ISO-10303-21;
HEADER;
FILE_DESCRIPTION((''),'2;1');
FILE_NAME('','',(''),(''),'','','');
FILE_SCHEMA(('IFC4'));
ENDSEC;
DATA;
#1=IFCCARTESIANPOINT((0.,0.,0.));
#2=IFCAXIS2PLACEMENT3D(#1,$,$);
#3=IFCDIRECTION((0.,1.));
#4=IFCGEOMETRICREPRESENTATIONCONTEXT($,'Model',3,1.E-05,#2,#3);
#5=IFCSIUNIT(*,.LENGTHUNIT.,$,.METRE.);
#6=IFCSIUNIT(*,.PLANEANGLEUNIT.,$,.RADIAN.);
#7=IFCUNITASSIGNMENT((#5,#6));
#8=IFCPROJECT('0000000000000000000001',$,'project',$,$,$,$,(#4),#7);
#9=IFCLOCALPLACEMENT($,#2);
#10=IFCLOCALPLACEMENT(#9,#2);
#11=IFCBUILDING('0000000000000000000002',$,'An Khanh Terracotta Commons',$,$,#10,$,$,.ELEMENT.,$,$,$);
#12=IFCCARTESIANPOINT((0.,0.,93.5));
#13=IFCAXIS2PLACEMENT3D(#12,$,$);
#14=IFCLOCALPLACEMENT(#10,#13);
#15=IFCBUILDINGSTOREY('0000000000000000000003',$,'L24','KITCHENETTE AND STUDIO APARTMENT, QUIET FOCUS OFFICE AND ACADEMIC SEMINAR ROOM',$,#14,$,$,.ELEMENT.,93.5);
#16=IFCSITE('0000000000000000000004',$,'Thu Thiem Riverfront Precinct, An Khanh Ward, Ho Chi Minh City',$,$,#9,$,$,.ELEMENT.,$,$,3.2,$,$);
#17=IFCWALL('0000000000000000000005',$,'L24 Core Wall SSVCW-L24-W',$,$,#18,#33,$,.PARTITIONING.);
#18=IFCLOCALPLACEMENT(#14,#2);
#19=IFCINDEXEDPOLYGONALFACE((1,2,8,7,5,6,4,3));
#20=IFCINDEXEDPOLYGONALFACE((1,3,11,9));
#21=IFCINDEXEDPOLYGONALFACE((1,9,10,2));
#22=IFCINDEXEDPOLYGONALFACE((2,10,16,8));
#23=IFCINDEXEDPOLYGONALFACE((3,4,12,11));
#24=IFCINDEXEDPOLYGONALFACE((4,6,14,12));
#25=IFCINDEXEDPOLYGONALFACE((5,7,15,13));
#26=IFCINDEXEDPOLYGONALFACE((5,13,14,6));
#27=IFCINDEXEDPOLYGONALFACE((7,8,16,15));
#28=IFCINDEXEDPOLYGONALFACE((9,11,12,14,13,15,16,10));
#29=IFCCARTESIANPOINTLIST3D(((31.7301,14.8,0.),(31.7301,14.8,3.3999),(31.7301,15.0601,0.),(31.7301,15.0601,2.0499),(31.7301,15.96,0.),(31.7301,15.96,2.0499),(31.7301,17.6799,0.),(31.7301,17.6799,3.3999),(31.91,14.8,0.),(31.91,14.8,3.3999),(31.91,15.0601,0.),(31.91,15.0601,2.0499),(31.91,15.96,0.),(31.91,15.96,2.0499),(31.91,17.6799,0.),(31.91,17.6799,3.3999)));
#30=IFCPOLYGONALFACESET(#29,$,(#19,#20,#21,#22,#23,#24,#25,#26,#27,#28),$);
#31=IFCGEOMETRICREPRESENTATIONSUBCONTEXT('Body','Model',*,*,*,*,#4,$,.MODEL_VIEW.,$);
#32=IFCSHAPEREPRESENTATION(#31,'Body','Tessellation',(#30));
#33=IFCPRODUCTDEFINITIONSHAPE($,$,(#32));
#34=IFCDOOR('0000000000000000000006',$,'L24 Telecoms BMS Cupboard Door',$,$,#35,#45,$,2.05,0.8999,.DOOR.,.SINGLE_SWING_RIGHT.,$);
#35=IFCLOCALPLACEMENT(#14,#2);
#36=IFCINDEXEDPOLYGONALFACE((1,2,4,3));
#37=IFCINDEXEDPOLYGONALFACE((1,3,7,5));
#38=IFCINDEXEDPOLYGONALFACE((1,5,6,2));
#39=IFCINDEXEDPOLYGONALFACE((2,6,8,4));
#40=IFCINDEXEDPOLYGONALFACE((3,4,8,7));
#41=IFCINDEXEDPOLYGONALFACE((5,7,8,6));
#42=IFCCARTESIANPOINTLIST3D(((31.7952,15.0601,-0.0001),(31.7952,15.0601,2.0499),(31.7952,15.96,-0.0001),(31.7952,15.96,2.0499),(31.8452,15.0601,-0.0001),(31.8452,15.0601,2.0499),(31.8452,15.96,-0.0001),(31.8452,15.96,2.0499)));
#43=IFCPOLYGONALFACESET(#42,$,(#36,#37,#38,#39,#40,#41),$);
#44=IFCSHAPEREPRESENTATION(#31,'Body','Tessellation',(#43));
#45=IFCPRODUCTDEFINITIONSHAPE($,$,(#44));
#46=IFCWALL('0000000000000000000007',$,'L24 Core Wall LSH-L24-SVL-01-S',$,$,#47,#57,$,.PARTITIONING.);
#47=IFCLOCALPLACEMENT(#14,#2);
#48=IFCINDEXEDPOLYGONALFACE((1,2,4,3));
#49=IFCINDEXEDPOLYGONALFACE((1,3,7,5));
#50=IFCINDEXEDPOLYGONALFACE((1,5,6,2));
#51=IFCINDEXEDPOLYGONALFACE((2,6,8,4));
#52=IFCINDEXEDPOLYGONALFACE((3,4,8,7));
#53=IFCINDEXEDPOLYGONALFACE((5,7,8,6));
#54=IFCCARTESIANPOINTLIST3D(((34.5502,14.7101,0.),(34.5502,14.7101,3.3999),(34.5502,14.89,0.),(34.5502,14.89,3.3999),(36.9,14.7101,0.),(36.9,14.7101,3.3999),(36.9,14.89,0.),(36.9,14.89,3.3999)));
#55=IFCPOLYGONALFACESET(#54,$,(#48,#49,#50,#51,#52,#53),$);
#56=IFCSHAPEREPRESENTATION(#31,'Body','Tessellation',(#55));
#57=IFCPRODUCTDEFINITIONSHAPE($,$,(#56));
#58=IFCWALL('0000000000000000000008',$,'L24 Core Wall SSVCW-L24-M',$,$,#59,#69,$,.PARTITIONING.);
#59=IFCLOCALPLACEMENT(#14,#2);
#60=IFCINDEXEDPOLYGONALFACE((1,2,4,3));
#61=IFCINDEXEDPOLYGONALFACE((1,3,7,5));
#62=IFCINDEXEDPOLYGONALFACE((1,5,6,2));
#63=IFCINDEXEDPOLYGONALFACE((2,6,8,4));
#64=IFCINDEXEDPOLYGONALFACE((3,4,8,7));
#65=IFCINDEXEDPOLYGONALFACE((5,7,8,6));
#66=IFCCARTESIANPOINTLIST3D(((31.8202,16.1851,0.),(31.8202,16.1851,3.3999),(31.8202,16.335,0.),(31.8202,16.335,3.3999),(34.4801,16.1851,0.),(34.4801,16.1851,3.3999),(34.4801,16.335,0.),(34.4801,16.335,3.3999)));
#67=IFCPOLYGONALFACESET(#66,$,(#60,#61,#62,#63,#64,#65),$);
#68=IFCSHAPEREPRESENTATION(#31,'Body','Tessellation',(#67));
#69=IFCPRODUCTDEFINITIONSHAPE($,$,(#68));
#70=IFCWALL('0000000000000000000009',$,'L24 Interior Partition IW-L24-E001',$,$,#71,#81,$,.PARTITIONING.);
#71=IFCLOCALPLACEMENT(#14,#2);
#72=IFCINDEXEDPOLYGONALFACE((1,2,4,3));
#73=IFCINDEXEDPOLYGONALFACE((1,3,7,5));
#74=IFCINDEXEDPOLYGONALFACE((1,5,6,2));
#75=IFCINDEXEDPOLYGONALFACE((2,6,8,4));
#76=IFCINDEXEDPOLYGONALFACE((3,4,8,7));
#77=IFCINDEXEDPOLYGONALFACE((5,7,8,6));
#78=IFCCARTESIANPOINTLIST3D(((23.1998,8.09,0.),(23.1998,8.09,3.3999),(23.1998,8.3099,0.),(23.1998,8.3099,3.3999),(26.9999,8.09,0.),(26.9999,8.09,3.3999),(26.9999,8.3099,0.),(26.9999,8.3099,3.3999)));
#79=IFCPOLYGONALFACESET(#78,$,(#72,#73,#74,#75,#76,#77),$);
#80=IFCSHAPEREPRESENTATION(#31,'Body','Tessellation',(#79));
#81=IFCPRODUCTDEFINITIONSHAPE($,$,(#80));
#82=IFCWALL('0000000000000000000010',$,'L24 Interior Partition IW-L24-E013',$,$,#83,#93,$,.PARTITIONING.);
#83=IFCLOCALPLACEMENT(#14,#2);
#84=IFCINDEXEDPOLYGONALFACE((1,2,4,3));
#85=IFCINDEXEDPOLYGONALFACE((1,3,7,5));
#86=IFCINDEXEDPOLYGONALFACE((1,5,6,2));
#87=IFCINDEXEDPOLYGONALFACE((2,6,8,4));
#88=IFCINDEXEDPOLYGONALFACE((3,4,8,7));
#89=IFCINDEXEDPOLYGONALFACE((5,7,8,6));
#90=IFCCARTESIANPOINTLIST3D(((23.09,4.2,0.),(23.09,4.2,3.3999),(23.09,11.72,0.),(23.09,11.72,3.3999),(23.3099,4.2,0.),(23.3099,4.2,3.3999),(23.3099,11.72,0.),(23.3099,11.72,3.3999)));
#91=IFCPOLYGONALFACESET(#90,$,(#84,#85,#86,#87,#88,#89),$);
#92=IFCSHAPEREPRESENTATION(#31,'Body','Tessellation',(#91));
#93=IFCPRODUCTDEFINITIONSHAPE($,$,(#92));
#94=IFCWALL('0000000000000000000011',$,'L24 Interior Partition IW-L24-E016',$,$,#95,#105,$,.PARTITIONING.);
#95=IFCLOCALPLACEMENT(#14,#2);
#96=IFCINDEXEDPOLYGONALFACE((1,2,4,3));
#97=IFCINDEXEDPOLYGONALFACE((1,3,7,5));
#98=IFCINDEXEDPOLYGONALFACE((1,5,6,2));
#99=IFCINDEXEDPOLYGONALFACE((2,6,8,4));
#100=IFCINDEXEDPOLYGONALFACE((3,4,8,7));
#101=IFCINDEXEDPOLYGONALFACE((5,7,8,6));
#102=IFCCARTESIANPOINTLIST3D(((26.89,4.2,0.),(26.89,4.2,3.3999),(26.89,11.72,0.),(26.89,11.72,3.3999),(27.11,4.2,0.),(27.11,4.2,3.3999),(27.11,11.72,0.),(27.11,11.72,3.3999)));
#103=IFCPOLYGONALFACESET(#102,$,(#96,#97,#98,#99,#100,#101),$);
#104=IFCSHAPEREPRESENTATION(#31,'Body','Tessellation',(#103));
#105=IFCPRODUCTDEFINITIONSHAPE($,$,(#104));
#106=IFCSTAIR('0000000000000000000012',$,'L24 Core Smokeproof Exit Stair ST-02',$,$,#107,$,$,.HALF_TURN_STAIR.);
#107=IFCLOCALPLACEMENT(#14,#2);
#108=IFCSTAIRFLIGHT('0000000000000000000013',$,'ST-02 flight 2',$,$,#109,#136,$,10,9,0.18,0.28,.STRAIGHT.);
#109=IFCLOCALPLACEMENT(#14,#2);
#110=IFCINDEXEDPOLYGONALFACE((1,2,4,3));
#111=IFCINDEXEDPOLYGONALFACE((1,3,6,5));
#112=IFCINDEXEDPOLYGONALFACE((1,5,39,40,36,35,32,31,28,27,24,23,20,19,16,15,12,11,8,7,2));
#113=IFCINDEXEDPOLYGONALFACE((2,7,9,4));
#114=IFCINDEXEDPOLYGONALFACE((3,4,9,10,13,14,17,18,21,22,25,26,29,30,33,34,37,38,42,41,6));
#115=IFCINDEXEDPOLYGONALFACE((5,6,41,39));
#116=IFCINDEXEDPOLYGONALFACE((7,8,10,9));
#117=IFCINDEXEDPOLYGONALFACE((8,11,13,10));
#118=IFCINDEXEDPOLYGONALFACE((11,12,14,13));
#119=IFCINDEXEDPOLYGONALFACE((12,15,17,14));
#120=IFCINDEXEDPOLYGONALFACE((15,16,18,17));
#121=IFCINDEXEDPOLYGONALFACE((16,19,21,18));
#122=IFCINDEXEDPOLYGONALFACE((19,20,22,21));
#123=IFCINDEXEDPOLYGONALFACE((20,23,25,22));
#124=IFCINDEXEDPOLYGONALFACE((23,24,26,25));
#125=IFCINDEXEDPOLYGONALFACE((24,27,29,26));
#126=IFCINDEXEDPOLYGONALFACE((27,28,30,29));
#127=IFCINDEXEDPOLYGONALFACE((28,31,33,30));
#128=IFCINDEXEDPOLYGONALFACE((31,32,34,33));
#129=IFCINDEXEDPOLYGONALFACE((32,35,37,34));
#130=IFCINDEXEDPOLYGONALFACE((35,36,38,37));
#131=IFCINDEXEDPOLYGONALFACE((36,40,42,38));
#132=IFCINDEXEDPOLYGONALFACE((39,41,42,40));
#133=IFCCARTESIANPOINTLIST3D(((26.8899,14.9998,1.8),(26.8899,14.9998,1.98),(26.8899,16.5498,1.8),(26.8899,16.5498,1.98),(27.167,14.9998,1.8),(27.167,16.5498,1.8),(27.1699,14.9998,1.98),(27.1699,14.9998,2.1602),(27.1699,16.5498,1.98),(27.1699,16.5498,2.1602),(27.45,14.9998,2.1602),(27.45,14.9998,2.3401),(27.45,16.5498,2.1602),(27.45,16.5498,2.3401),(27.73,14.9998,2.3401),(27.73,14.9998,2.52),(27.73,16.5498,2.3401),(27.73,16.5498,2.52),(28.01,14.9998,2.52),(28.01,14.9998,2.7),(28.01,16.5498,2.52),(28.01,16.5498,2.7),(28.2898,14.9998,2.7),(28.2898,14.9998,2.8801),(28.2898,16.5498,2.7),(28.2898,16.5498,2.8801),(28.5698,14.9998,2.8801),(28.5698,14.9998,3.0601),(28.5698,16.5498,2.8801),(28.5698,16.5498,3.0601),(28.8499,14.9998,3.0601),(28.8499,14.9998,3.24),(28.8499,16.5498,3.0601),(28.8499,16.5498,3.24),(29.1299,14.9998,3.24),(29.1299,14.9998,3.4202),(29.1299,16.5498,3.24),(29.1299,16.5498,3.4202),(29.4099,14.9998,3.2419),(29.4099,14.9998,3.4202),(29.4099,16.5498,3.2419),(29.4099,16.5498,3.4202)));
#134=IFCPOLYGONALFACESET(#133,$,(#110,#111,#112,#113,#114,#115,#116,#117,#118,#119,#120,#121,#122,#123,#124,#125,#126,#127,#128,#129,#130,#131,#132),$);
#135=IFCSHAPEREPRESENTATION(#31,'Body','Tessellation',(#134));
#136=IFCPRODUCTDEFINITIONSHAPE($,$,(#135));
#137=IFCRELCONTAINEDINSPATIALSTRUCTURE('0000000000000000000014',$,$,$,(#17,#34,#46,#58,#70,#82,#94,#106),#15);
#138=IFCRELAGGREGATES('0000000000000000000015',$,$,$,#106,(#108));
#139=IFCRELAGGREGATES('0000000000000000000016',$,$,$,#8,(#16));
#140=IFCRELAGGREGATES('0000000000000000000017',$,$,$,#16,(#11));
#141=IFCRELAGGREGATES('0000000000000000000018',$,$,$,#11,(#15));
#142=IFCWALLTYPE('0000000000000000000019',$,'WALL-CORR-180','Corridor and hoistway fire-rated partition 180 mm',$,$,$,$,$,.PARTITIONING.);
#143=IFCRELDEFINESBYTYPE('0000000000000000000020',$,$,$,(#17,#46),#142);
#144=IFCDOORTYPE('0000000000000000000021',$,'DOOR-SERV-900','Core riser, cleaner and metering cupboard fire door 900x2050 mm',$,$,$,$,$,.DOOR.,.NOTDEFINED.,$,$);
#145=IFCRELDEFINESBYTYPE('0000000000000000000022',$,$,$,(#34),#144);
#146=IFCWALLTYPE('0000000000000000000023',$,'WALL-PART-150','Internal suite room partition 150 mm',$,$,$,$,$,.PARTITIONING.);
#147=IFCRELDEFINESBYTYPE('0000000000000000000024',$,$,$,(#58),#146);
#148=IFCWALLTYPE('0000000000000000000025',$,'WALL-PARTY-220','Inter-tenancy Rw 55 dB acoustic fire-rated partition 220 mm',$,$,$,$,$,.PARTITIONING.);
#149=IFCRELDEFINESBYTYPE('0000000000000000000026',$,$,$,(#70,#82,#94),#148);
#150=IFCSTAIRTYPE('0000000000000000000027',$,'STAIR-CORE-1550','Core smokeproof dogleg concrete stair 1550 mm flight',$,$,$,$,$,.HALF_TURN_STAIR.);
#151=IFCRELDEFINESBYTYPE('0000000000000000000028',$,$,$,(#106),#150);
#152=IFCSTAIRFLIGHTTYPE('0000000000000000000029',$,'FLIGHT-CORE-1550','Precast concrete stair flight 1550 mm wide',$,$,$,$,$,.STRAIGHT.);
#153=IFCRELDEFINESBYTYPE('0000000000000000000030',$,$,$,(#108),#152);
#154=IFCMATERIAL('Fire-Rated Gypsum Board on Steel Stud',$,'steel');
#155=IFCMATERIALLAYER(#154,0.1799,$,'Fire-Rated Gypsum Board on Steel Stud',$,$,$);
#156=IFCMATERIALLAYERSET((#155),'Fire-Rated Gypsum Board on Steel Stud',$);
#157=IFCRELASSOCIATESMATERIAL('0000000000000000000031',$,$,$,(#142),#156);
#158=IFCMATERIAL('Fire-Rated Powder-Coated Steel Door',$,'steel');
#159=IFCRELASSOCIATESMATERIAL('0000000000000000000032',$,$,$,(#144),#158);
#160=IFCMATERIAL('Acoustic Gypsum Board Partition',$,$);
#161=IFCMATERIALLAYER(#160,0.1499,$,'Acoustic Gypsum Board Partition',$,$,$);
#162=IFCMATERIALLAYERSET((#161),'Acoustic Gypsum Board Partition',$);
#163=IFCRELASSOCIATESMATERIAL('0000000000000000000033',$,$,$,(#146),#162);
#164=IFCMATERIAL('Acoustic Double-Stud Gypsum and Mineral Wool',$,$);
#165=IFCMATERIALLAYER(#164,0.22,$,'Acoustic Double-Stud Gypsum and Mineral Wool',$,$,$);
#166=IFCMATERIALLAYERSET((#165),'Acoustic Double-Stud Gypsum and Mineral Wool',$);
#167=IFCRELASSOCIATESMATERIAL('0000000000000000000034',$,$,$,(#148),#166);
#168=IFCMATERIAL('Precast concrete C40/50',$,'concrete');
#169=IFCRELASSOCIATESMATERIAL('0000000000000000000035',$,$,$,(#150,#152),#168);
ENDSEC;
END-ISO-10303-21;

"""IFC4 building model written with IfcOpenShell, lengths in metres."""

from ifc_helpers import new_model, si_unit, direction, frame, frame_2d, origin, place, context, subcontext, project, spatial, polyline, rectangle, outline, extrude, material, layer, layer_set, type_object, element, fill, aggregate, save


model = new_model("IFC4")

# Units and contexts
model_context = context("Model", 3, precision=1e-05, world=origin(), true_north=direction((0.0, 1.0)))
body_context = subcontext(model_context, "Body", "Model", "MODEL_VIEW")
ifc_project = project(units=[si_unit("LENGTHUNIT", "METRE"), si_unit("PLANEANGLEUNIT", "RADIAN")], contexts=[model_context])

# Site, building, storey
site_placement = place(None, origin())
site = spatial("IfcSite", under=ifc_project, at=site_placement, Name="Thu Thiem Riverfront Precinct, An Khanh Ward, Ho Chi Minh City", CompositionType="ELEMENT", RefElevation=3.2)
building_placement = place(site_placement, origin())
building = spatial("IfcBuilding", under=site, at=building_placement, Name="An Khanh Terracotta Commons", CompositionType="ELEMENT")
storey_placement = place(building_placement, frame((0.0, 0.0, 93.5)))
storey = spatial("IfcBuildingStorey", under=building, at=storey_placement, Name="L24", Description="KITCHENETTE AND STUDIO APARTMENT, QUIET FOCUS OFFICE AND ACADEMIC SEMINAR ROOM", CompositionType="ELEMENT", Elevation=93.5)

# Wall, opening, door
ifc_material_1 = material(Name="Fire-Rated Gypsum Board on Steel Stud", Category="steel")
ifc_layer_1 = layer(ifc_material_1, 0.1799, Name="Fire-Rated Gypsum Board on Steel Stud")
ifc_layer_set_1 = layer_set([ifc_layer_1], Name="Fire-Rated Gypsum Board on Steel Stud")
wall_type_1 = type_object("IfcWallType", Name="WALL-CORR-180", Description="Corridor and hoistway fire-rated partition 180 mm", PredefinedType="PARTITIONING", material=ifc_layer_set_1)
wall_1_placement = place(storey_placement, frame((31.8201, 14.8, 0.0), z_axis=(0.0, 0.0, 1.0), x_axis=(0.0, 1.0, 0.0)))
wall_1 = element("IfcWall", 1, at=wall_1_placement, inside=storey, type_object=wall_type_1, Name="L24 Core Wall SSVCW-L24-W", PredefinedType="PARTITIONING", context=body_context, shape_type="SweptSolid", body=[
    extrude(rectangle(XDim=2.8799, YDim=0.1799, at=frame_2d((1.4399, 0.0))), origin(), (0.0, 0.0, 1.0), 3.3999),
])
opening_1_placement = place(wall_1_placement, frame((0.26, 0.0, 0.0)))
opening_1 = element("IfcOpeningElement", 2, at=opening_1_placement, cuts=wall_1, PredefinedType="OPENING", context=body_context, shape_type="SweptSolid", body=[
    extrude(rectangle(XDim=0.8999, YDim=2.05, at=frame_2d((0.45, 1.0249))), frame((0.0, 0.0999, 0.0), z_axis=(0.0, -1.0, 0.0), x_axis=(1.0, 0.0, 0.0)), (0.0, 0.0, 1.0), 0.2),
])
ifc_material_2 = material(Name="Fire-Rated Powder-Coated Steel Door", Category="steel")
door_type_1 = type_object("IfcDoorType", Name="DOOR-SERV-900", Description="Core riser, cleaner and metering cupboard fire door 900x2050 mm", OperationType="NOTDEFINED", PredefinedType="DOOR", material=ifc_material_2)
door_1_placement = place(opening_1_placement, origin())
door_1 = element("IfcDoor", 3, at=door_1_placement, inside=storey, type_object=door_type_1, Name="L24 Telecoms BMS Cupboard Door", OperationType="SINGLE_SWING_RIGHT", OverallHeight=2.05, OverallWidth=0.8999, PredefinedType="DOOR", context=body_context, shape_type="SweptSolid", body=[
    extrude(rectangle(XDim=0.8999, YDim=2.05, at=frame_2d((0.45, 1.0249))), frame((0.0, 0.0249, 0.0), z_axis=(0.0, -1.0, 0.0), x_axis=(1.0, 0.0, 0.0)), (0.0, 0.0, 1.0), 0.05),
])
fill(opening_1, door_1)

# Walls
wall_2_placement = place(storey_placement, frame((36.8999, 14.8, 0.0), z_axis=(0.0, 0.0, 1.0), x_axis=(-1.0, 0.0, 0.0)))
element("IfcWall", 4, at=wall_2_placement, inside=storey, type_object=wall_type_1, Name="L24 Core Wall LSH-L24-SVL-01-S", PredefinedType="PARTITIONING", context=body_context, shape_type="SweptSolid", body=[
    extrude(rectangle(XDim=2.3499, YDim=0.1799, at=frame_2d((1.1748, 0.0))), origin(), (0.0, 0.0, 1.0), 3.3999),
])
ifc_material_3 = material(Name="Acoustic Gypsum Board Partition")
ifc_layer_2 = layer(ifc_material_3, 0.1499, Name="Acoustic Gypsum Board Partition")
ifc_layer_set_2 = layer_set([ifc_layer_2], Name="Acoustic Gypsum Board Partition")
wall_type_2 = type_object("IfcWallType", Name="WALL-PART-150", Description="Internal suite room partition 150 mm", PredefinedType="PARTITIONING", material=ifc_layer_set_2)
wall_3_placement = place(storey_placement, frame((31.8201, 16.26, 0.0), z_axis=(0.0, 0.0, 1.0), x_axis=(1.0, 0.0, 0.0)))
element("IfcWall", 5, at=wall_3_placement, inside=storey, type_object=wall_type_2, Name="L24 Core Wall SSVCW-L24-M", PredefinedType="PARTITIONING", context=body_context, shape_type="SweptSolid", body=[
    extrude(rectangle(XDim=2.6599, YDim=0.1499, at=frame_2d((1.3301, 0.0))), origin(), (0.0, 0.0, 1.0), 3.3999),
])
ifc_material_4 = material(Name="Acoustic Double-Stud Gypsum and Mineral Wool")
ifc_layer_3 = layer(ifc_material_4, 0.22, Name="Acoustic Double-Stud Gypsum and Mineral Wool")
ifc_layer_set_3 = layer_set([ifc_layer_3], Name="Acoustic Double-Stud Gypsum and Mineral Wool")
wall_type_3 = type_object("IfcWallType", Name="WALL-PARTY-220", Description="Inter-tenancy Rw 55 dB acoustic fire-rated partition 220 mm", PredefinedType="PARTITIONING", material=ifc_layer_set_3)
wall_4_placement = place(storey_placement, frame((23.2, 8.2, 0.0), z_axis=(0.0, 0.0, 1.0), x_axis=(1.0, 0.0, 0.0)))
element("IfcWall", 6, at=wall_4_placement, inside=storey, type_object=wall_type_3, Name="L24 Interior Partition IW-L24-E001", PredefinedType="PARTITIONING", context=body_context, shape_type="SweptSolid", body=[
    extrude(rectangle(XDim=3.8, YDim=0.22, at=frame_2d((1.8999, 0.0))), origin(), (0.0, 0.0, 1.0), 3.3999),
])
for number, where, z_axis, x_axis, name in (
    (7, (23.2, 4.2, 0.0), (0.0, 0.0, 1.0), (0.0, 1.0, 0.0), "L24 Interior Partition IW-L24-E013"),
    (8, (27.0, 4.2, 0.0), (0.0, 0.0, 1.0), (0.0, 1.0, 0.0), "L24 Interior Partition IW-L24-E016"),
):
    element("IfcWall", number, at=place(storey_placement, frame(where, z_axis=z_axis, x_axis=x_axis)), inside=storey, type_object=wall_type_3, Name=name, PredefinedType="PARTITIONING", context=body_context, shape_type="SweptSolid", body=[
        extrude(rectangle(XDim=7.52, YDim=0.22, at=frame_2d((3.76, 0.0))), origin(), (0.0, 0.0, 1.0), 3.3999),
    ])

# Stair, stair flight
ifc_material_5 = material(Name="Precast concrete C40/50", Category="concrete")
stair_type = type_object("IfcStairType", Name="STAIR-CORE-1550", Description="Core smokeproof dogleg concrete stair 1550 mm flight", PredefinedType="HALF_TURN_STAIR", material=ifc_material_5)
stair_placement = place(storey_placement, origin())
stair = element("IfcStair", 9, at=stair_placement, inside=storey, type_object=stair_type, Name="L24 Core Smokeproof Exit Stair ST-02", PredefinedType="HALF_TURN_STAIR")
stair_flight_type = type_object("IfcStairFlightType", Name="FLIGHT-CORE-1550", Description="Precast concrete stair flight 1550 mm wide", PredefinedType="STRAIGHT", material=ifc_material_5)
stair_flight_placement = place(storey_placement, frame((26.8899, 15.7749, 1.8), z_axis=(0.0, 0.0, 1.0), x_axis=(1.0, 0.0, 0.0)))
stair_flight = element("IfcStairFlight", 10, at=stair_flight_placement, type_object=stair_flight_type, Name="ST-02 flight 2", NumberOfRisers=10, NumberOfTreads=9, PredefinedType="STRAIGHT", RiserHeight=0.18, TreadLength=0.28, context=body_context, shape_type="SweptSolid", body=[
    extrude(outline(polyline([(0.0, 0.0), (0.0, 0.1799), (0.28, 0.1799), (0.28, 0.3601), (0.5601, 0.3601), (0.5601, 0.54), (0.8401, 0.54), (0.8401, 0.72), (1.1201, 0.72), (1.1201, 0.8999), (1.3999, 0.8999), (1.3999, 1.0801), (1.6799, 1.0801), (1.6799, 1.26), (1.96, 1.26), (1.96, 1.4399), (2.24, 1.4399), (2.24, 1.6201), (2.52, 1.6201), (2.52, 1.8), (2.52, 1.4419), (0.2771, 0.0), (0.0, 0.0)])), frame((0.0, 0.7749, 0.0), z_axis=(0.0, -1.0, 0.0), x_axis=(1.0, 0.0, 0.0)), (0.0, 0.0, 1.0), 1.55),
])
aggregate(stair, [stair_flight])

save(model, "model.ifc")
